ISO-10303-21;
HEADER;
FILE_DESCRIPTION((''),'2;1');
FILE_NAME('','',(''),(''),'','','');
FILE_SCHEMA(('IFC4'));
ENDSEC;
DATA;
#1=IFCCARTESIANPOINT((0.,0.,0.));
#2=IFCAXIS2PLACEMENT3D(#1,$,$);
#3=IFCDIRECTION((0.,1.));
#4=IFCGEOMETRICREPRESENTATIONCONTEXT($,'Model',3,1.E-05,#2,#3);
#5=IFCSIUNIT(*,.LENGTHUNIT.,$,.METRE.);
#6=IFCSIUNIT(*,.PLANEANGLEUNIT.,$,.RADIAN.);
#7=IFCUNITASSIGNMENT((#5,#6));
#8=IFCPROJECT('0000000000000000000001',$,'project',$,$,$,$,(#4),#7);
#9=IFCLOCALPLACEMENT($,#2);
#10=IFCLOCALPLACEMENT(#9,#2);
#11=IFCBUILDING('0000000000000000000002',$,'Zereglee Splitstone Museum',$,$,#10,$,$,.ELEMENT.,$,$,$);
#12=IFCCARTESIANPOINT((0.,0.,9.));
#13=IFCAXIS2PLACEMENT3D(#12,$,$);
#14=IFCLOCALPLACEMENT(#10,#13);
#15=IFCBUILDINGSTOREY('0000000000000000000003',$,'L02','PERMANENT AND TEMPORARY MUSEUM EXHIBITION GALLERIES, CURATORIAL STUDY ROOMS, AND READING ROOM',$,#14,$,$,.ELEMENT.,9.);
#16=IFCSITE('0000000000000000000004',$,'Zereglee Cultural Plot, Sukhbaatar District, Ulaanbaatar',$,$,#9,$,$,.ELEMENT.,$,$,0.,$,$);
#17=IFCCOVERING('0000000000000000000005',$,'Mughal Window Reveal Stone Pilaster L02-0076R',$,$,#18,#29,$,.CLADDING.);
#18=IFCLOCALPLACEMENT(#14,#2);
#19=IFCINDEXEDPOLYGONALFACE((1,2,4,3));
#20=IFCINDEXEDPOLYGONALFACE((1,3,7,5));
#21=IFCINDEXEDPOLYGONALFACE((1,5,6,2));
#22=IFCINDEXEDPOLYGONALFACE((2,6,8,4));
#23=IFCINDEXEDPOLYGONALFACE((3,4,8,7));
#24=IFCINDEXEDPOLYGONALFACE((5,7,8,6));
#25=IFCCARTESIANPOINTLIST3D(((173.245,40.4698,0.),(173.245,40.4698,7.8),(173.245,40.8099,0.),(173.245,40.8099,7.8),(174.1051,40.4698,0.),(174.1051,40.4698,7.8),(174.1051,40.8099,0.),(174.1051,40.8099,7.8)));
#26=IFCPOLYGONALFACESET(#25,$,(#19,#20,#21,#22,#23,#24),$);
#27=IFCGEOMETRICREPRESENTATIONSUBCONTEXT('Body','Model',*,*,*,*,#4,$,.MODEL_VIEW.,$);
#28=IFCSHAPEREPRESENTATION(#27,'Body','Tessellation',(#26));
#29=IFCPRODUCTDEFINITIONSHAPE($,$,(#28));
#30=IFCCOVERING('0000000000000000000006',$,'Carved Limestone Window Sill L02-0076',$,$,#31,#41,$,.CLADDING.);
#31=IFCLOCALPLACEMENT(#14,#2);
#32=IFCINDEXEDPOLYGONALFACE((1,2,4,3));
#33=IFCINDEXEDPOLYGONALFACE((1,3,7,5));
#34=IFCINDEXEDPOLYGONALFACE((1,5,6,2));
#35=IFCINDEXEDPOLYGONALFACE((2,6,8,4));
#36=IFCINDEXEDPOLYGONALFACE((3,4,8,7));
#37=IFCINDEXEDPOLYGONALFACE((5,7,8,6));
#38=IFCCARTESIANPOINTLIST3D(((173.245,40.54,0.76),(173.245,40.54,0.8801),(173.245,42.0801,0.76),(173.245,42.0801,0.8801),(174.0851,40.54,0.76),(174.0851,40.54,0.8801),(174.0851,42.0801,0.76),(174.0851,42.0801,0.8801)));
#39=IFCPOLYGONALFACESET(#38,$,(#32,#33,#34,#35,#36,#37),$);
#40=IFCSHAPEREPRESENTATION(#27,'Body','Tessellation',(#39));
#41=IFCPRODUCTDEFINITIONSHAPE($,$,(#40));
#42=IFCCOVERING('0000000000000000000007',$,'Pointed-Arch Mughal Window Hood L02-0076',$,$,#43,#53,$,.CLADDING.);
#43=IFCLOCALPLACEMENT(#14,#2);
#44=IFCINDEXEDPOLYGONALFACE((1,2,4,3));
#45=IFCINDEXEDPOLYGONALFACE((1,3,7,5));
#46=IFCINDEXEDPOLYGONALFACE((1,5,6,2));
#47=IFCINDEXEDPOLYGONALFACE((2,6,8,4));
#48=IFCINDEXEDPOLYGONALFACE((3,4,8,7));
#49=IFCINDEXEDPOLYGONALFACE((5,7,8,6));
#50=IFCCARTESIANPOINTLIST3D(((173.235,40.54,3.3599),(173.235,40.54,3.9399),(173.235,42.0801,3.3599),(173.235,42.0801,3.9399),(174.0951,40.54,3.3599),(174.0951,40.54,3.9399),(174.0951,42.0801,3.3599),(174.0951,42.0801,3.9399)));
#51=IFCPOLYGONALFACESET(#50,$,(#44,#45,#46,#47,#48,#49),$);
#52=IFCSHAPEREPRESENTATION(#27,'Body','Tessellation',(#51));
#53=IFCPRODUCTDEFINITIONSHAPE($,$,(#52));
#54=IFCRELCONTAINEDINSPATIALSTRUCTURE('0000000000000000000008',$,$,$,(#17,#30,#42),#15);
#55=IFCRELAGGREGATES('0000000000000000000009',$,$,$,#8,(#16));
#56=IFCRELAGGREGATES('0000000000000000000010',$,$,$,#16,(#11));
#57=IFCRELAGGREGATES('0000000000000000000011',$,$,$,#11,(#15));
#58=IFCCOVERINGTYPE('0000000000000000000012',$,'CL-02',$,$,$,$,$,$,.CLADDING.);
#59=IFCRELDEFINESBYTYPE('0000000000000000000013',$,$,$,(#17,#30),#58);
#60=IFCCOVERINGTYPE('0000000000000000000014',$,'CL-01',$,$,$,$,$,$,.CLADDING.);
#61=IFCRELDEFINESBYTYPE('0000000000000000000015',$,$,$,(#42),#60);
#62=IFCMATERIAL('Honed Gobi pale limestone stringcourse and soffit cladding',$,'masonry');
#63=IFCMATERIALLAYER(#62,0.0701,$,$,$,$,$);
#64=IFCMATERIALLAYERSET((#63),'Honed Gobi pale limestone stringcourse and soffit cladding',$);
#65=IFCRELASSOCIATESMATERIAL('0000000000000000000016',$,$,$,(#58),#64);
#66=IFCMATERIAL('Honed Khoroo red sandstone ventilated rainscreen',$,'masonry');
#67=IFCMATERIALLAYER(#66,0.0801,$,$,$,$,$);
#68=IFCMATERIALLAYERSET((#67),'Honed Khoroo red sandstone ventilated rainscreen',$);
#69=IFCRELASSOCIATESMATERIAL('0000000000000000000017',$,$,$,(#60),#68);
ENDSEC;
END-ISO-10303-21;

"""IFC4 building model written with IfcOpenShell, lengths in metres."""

from ifc_helpers import new_model, si_unit, direction, frame, origin, origin_2d, place, context, subcontext, project, spatial, rectangle, extrude, material, layer, layer_set, type_object, element, save


model = new_model("IFC4")

# Units and contexts
model_context = context("Model", 3, precision=1e-05, world=origin(), true_north=direction((0.0, 1.0)))
body_context = subcontext(model_context, "Body", "Model", "MODEL_VIEW")
ifc_project = project(units=[si_unit("LENGTHUNIT", "METRE"), si_unit("PLANEANGLEUNIT", "RADIAN")], contexts=[model_context])

# Site, building, storey
site_placement = place(None, origin())
site = spatial("IfcSite", under=ifc_project, at=site_placement, Name="Zereglee Cultural Plot, Sukhbaatar District, Ulaanbaatar", CompositionType="ELEMENT", RefElevation=0.0)
building_placement = place(site_placement, origin())
building = spatial("IfcBuilding", under=site, at=building_placement, Name="Zereglee Splitstone Museum", CompositionType="ELEMENT")
storey_placement = place(building_placement, frame((0.0, 0.0, 9.0)))
storey = spatial("IfcBuildingStorey", under=building, at=storey_placement, Name="L02", Description="PERMANENT AND TEMPORARY MUSEUM EXHIBITION GALLERIES, CURATORIAL STUDY ROOMS, AND READING ROOM", CompositionType="ELEMENT", Elevation=9.0)

# Coverings
ifc_material_1 = material(Name="Honed Gobi pale limestone stringcourse and soffit cladding", Category="masonry")
ifc_layer_1 = layer(ifc_material_1, 0.0701)
ifc_layer_set_1 = layer_set([ifc_layer_1], Name="Honed Gobi pale limestone stringcourse and soffit cladding")
covering_type_1 = type_object("IfcCoveringType", Name="CL-02", PredefinedType="CLADDING", material=ifc_layer_set_1)
for number, where, z_axis, x_axis, name in (
    (1, (173.675, 40.6399, 0.0), (0.0, 0.0, 1.0), (0.0, -1.0, 0.0), "Mughal Window Reveal Stone Pilaster L02-0076R"),
):
    element("IfcCovering", number, at=place(storey_placement, frame(where, z_axis=z_axis, x_axis=x_axis)), inside=storey, type_object=covering_type_1, Name=name, PredefinedType="CLADDING", context=body_context, shape_type="SweptSolid", body=[
        extrude(rectangle(XDim=0.3401, YDim=0.8601, at=origin_2d()), origin(), (0.0, 0.0, 1.0), 7.8),
    ])
covering_1_placement = place(storey_placement, frame((173.665, 41.3101, 0.76), z_axis=(0.0, 0.0, 1.0), x_axis=(0.0, -1.0, 0.0)))
element("IfcCovering", 2, at=covering_1_placement, inside=storey, type_object=covering_type_1, Name="Carved Limestone Window Sill L02-0076", PredefinedType="CLADDING", context=body_context, shape_type="SweptSolid", body=[
    extrude(rectangle(XDim=1.54, YDim=0.8401, at=origin_2d()), origin(), (0.0, 0.0, 1.0), 0.1201),
])
ifc_material_2 = material(Name="Honed Khoroo red sandstone ventilated rainscreen", Category="masonry")
ifc_layer_2 = layer(ifc_material_2, 0.0801)
ifc_layer_set_2 = layer_set([ifc_layer_2], Name="Honed Khoroo red sandstone ventilated rainscreen")
covering_type_2 = type_object("IfcCoveringType", Name="CL-01", PredefinedType="CLADDING", material=ifc_layer_set_2)
covering_2_placement = place(storey_placement, frame((173.665, 41.3101, 3.3599), z_axis=(0.0, 0.0, 1.0), x_axis=(0.0, -1.0, 0.0)))
element("IfcCovering", 3, at=covering_2_placement, inside=storey, type_object=covering_type_2, Name="Pointed-Arch Mughal Window Hood L02-0076", PredefinedType="CLADDING", context=body_context, shape_type="SweptSolid", body=[
    extrude(rectangle(XDim=1.54, YDim=0.8601, at=origin_2d()), origin(), (0.0, 0.0, 1.0), 0.5801),
])

save(model, "model.ifc")
